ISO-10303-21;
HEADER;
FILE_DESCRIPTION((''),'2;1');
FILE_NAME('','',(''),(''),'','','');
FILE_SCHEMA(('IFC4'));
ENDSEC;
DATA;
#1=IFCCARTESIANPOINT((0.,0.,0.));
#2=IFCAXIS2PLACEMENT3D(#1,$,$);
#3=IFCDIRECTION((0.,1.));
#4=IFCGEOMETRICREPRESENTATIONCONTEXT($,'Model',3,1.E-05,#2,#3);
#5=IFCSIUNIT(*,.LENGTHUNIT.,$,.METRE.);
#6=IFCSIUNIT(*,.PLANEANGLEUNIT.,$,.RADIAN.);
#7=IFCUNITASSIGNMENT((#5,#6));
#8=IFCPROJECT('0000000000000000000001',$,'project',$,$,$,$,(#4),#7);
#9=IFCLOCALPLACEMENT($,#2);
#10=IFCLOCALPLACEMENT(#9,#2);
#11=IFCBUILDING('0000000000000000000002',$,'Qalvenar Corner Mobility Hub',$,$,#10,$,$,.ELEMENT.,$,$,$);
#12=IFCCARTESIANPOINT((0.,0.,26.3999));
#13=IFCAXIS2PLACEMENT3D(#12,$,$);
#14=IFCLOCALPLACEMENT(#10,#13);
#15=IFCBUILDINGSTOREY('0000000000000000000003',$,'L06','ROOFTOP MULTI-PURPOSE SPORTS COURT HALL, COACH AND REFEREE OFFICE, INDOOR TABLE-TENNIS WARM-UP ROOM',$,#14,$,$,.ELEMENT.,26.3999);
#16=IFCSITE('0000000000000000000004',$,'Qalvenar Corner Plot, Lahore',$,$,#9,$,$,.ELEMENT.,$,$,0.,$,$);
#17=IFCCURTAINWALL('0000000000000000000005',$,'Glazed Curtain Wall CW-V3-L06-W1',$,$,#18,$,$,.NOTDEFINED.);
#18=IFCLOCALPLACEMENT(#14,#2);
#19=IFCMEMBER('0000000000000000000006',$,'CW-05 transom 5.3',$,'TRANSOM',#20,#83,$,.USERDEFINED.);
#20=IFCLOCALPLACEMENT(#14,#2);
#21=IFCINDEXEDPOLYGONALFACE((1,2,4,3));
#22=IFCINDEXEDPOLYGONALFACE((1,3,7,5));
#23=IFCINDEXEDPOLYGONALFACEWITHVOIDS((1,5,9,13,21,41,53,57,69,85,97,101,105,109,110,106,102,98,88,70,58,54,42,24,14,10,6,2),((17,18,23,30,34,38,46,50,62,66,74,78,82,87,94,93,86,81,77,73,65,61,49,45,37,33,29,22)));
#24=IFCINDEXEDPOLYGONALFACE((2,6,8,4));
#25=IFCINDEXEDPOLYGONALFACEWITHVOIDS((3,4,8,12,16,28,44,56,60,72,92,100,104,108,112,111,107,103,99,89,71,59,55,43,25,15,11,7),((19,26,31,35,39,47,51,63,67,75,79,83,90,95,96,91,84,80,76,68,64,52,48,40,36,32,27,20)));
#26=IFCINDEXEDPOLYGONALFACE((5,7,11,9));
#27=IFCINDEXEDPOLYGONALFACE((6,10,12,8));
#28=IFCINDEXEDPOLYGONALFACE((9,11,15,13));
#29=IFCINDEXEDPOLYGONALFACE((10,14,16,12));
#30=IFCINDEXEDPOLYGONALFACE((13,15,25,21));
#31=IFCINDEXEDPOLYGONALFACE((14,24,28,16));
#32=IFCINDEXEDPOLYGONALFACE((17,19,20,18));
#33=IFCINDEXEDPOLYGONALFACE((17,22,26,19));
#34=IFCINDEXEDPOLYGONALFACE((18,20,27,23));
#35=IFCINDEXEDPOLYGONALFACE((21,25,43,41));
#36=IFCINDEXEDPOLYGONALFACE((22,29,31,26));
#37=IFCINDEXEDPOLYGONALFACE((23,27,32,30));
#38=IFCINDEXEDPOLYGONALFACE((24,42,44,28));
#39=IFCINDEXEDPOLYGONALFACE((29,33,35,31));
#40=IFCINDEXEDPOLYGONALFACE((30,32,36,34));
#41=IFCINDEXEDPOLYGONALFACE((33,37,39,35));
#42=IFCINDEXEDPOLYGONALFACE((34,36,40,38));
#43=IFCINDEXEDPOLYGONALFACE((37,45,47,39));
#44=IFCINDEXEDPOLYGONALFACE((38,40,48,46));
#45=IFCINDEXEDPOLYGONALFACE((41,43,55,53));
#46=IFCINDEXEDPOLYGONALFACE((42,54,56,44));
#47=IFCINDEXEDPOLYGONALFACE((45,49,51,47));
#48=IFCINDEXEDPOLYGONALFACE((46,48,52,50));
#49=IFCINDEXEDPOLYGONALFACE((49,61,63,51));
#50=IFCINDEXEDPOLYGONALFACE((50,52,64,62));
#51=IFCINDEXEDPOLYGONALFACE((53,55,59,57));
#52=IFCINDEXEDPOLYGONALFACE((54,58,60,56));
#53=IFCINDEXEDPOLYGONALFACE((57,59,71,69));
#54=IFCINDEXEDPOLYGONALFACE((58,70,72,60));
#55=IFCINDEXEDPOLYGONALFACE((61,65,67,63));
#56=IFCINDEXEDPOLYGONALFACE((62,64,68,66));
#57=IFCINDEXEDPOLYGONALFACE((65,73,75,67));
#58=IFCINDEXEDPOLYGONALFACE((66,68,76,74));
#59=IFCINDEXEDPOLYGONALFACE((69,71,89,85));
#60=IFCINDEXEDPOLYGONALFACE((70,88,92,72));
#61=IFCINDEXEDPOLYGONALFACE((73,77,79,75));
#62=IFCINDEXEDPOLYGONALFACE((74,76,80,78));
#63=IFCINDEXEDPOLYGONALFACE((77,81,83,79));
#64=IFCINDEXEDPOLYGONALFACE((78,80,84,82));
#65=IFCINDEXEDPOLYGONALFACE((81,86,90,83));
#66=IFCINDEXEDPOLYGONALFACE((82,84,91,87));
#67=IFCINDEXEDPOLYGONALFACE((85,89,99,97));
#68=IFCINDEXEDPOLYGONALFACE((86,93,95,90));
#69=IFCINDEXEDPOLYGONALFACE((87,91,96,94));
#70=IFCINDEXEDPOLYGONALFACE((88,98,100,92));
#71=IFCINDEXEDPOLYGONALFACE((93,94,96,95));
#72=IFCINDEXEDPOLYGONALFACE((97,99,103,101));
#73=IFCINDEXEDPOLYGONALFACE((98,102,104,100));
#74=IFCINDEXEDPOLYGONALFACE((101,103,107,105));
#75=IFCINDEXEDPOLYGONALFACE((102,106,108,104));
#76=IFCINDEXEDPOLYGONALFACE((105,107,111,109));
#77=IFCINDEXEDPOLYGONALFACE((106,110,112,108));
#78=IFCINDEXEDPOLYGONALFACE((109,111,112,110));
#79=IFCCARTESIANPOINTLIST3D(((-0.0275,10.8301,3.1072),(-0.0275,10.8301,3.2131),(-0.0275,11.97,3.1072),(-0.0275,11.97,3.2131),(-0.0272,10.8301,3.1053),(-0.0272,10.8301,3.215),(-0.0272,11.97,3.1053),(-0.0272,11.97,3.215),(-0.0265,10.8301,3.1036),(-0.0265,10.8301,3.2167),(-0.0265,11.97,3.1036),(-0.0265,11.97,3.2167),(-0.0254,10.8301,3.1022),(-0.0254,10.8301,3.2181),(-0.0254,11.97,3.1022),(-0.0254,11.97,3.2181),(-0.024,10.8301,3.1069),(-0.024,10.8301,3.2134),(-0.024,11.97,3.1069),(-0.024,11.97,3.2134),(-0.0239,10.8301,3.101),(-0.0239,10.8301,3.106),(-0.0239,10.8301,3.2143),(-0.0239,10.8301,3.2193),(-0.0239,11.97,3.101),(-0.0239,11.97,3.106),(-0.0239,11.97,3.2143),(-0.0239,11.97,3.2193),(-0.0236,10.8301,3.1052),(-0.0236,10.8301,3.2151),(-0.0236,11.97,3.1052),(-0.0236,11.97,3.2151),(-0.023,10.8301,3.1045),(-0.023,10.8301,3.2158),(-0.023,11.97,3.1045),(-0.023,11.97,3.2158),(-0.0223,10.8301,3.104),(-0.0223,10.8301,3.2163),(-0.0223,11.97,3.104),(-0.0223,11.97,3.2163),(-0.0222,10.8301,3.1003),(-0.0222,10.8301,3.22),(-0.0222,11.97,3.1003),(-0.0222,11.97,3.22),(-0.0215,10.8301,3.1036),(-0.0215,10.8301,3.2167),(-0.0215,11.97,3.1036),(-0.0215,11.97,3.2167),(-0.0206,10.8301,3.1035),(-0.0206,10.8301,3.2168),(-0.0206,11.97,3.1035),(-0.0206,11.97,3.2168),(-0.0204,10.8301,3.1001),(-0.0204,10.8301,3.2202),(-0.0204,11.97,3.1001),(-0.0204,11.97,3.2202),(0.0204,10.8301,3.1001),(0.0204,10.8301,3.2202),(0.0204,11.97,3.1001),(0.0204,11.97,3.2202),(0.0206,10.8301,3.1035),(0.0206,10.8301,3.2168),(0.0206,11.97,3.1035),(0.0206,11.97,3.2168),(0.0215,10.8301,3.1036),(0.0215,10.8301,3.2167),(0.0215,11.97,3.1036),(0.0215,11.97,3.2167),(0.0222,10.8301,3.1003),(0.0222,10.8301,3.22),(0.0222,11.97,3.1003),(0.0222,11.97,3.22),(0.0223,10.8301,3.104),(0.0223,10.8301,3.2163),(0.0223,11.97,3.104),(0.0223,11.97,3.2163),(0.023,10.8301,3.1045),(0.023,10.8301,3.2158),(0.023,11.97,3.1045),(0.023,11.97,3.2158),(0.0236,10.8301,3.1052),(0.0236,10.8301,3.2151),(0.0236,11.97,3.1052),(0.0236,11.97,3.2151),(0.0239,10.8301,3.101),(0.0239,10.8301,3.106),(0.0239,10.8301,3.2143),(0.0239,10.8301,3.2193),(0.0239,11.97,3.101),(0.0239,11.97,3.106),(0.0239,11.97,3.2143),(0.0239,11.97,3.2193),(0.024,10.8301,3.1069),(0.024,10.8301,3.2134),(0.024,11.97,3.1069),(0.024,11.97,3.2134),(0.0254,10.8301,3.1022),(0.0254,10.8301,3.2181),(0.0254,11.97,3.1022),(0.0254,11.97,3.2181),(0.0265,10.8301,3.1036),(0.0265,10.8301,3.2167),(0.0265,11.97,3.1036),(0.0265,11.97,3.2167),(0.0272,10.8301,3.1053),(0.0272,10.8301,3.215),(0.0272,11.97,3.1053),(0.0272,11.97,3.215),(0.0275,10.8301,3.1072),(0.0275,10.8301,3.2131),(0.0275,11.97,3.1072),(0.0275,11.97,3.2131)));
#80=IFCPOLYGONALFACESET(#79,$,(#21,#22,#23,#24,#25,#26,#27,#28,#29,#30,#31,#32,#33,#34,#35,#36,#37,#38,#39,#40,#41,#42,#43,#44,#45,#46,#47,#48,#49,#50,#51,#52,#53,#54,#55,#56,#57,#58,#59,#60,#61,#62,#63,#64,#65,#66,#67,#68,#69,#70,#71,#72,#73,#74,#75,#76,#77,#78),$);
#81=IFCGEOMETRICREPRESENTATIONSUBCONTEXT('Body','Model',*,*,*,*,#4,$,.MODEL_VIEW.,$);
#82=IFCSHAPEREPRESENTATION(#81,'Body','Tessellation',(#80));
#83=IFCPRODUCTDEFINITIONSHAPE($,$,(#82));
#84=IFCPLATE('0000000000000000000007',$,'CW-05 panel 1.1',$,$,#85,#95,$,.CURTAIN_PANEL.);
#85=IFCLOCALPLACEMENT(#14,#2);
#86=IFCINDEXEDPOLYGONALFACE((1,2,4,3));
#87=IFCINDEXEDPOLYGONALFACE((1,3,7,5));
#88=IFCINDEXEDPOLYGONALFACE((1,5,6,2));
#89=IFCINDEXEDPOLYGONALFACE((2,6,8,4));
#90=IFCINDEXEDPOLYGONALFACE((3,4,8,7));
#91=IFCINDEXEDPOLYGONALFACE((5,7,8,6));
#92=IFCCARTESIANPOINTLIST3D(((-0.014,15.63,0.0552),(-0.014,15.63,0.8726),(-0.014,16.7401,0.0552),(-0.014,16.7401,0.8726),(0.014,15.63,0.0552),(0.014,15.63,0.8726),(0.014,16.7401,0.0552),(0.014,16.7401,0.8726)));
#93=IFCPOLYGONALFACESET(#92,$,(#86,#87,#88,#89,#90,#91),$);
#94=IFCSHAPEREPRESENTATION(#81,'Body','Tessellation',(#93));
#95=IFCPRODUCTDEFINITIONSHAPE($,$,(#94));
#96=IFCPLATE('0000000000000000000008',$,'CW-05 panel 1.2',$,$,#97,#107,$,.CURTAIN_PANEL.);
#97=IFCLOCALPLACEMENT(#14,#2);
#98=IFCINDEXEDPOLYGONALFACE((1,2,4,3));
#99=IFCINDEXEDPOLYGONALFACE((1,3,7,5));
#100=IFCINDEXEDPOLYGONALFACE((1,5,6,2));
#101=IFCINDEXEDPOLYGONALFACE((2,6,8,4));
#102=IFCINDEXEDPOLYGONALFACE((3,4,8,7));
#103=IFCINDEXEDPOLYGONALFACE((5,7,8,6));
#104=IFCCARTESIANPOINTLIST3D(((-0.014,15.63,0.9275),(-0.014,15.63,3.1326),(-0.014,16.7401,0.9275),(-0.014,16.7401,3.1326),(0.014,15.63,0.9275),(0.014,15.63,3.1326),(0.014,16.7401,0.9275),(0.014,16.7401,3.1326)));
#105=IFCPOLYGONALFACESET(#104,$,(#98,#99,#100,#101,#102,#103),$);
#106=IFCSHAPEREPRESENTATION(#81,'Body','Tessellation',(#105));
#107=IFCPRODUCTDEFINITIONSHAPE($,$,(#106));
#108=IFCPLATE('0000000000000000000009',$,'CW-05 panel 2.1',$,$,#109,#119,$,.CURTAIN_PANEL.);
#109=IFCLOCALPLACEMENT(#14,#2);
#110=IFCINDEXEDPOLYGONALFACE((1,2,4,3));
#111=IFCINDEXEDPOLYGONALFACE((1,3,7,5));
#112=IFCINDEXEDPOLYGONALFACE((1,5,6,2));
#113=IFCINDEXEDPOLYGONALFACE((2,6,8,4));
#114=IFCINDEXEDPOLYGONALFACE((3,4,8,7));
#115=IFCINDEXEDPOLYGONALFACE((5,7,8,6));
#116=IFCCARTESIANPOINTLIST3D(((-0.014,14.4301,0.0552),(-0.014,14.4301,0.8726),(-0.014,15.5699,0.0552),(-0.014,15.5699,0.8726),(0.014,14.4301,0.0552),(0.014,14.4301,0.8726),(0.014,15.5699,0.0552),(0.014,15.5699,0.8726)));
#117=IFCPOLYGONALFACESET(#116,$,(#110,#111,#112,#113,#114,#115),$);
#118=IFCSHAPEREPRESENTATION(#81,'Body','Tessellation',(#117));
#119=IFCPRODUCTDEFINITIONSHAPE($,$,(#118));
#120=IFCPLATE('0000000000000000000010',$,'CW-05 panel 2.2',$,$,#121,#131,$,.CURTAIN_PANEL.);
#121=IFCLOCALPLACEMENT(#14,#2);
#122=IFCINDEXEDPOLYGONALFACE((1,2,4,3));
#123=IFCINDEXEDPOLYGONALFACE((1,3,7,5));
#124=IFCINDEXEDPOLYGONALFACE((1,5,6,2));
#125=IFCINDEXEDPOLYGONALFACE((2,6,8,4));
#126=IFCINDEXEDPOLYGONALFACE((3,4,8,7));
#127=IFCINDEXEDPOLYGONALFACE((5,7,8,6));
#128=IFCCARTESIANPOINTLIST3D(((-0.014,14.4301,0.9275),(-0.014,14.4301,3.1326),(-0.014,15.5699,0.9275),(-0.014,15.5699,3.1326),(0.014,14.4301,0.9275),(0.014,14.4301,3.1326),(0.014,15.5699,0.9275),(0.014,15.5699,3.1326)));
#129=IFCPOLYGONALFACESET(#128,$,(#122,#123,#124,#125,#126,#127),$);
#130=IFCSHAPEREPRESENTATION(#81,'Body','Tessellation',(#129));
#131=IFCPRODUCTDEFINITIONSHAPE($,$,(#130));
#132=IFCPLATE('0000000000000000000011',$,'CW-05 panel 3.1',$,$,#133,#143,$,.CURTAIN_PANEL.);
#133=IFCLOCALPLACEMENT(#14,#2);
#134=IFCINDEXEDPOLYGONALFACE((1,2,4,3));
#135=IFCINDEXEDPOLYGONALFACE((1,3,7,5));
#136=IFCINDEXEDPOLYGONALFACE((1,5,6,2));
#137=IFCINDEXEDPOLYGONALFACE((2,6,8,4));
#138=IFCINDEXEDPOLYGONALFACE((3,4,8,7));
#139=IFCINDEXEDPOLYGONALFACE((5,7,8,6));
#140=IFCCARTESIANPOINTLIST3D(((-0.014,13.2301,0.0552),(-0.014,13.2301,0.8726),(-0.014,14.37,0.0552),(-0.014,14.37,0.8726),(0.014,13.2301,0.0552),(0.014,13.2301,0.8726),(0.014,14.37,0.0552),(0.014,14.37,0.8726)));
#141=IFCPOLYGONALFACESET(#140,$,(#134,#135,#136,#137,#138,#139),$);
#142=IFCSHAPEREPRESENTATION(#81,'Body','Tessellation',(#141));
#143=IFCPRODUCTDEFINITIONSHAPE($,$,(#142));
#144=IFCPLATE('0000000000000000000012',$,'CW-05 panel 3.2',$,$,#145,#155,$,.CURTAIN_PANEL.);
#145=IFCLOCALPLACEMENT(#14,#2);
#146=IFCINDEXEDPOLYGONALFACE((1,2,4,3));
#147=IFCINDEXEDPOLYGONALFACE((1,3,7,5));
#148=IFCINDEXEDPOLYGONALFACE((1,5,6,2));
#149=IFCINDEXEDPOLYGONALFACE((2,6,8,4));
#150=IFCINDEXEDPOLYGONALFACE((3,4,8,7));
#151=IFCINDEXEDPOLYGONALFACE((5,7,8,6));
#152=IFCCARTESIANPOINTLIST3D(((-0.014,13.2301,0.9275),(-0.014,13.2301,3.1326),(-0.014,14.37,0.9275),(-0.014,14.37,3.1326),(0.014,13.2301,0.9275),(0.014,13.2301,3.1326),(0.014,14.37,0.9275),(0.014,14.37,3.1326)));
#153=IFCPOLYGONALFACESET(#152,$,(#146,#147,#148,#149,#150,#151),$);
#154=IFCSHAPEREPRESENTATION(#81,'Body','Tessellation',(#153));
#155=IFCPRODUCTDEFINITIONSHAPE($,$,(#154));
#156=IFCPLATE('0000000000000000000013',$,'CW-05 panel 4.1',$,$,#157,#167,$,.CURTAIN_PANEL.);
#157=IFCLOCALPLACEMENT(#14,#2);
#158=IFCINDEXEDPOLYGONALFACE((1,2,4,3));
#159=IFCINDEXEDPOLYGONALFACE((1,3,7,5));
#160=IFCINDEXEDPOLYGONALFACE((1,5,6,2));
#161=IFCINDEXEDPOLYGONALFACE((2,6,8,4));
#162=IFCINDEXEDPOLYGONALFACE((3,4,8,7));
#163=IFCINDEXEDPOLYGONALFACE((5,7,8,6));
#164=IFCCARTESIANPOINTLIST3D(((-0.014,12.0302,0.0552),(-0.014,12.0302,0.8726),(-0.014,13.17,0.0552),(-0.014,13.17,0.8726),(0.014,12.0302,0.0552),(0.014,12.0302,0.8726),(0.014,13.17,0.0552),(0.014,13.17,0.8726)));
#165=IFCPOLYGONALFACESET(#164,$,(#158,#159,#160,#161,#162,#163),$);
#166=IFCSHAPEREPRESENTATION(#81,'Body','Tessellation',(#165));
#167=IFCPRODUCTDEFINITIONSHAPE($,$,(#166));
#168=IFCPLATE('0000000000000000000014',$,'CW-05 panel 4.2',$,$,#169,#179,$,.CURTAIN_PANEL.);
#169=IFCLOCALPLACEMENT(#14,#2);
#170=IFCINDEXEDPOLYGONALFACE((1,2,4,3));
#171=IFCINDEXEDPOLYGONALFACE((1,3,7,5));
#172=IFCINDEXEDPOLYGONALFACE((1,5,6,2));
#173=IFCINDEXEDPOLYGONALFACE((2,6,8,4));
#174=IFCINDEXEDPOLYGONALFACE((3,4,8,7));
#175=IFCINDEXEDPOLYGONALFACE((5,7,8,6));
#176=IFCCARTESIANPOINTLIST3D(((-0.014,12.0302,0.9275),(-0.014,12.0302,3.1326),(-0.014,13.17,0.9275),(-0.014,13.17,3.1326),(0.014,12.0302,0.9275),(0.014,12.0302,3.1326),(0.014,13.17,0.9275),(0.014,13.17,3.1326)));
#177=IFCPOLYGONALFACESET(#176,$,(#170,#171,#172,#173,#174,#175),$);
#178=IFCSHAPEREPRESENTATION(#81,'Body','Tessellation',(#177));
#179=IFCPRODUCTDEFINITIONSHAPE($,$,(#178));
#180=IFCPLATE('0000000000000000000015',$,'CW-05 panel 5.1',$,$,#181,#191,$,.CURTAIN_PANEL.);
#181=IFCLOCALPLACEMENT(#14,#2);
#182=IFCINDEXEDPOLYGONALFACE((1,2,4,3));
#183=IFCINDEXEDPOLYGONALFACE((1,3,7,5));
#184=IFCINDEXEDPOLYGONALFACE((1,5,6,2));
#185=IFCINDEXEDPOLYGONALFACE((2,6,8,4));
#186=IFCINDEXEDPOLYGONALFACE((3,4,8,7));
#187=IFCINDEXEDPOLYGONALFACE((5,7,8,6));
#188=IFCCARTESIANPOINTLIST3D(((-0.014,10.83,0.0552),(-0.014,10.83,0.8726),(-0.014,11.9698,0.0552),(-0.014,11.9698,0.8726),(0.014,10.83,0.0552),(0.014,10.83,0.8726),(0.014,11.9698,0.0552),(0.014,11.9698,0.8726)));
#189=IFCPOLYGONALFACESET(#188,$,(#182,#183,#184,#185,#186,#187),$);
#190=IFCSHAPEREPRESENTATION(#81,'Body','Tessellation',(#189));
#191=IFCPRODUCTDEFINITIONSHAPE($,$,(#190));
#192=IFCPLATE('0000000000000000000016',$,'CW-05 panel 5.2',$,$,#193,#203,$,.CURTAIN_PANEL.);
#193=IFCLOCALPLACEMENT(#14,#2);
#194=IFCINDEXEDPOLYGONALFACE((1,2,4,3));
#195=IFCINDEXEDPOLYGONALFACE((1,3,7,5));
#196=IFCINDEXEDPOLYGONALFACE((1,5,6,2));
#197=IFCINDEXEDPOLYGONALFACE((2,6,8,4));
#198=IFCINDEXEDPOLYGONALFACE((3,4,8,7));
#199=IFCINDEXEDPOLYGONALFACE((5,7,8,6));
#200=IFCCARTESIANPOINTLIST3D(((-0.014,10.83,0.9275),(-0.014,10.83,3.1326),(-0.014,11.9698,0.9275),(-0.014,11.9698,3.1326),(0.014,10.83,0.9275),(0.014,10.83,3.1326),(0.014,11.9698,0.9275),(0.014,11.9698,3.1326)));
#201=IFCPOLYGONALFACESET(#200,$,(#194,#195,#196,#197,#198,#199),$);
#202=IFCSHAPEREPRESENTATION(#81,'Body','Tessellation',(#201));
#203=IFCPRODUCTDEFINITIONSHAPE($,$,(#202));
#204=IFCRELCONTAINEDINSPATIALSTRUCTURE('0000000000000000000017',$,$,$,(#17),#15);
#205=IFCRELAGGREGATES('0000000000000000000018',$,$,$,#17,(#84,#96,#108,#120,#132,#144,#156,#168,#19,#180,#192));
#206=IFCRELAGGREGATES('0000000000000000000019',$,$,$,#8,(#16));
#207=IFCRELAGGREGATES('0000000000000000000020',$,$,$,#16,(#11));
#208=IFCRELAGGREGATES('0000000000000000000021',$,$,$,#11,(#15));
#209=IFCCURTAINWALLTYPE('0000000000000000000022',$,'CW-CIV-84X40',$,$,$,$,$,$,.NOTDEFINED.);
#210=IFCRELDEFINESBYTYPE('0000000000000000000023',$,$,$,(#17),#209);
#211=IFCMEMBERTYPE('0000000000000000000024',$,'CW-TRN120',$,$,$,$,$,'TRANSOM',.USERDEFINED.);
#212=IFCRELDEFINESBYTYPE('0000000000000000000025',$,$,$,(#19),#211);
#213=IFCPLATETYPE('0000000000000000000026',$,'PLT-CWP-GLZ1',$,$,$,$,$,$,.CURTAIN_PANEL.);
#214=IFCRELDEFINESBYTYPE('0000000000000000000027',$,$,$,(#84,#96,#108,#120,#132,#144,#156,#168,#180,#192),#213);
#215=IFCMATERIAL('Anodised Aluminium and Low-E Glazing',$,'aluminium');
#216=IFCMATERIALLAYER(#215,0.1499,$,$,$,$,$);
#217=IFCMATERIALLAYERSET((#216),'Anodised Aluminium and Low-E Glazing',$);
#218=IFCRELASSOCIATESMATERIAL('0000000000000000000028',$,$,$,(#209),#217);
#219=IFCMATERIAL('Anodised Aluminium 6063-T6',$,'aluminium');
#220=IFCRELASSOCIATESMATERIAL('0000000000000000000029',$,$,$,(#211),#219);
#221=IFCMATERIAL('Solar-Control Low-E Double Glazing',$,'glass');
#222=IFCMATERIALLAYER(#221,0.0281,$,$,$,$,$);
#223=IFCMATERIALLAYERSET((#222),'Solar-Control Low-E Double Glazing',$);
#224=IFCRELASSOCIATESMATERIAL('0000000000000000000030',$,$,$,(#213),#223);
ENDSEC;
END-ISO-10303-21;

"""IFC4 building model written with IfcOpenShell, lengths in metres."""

from ifc_helpers import new_model, si_unit, direction, frame, origin, origin_2d, place, context, subcontext, project, spatial, rectangle, hollow_rectangle, extrude, material, layer, layer_set, material_profile, profile_set, type_object, element, aggregate, save


model = new_model("IFC4")

# Units and contexts
model_context = context("Model", 3, precision=1e-05, world=origin(), true_north=direction((0.0, 1.0)))
body_context = subcontext(model_context, "Body", "Model", "MODEL_VIEW")
ifc_project = project(units=[si_unit("LENGTHUNIT", "METRE"), si_unit("PLANEANGLEUNIT", "RADIAN")], contexts=[model_context])

# Site, building, storey
site_placement = place(None, origin())
site = spatial("IfcSite", under=ifc_project, at=site_placement, Name="Qalvenar Corner Plot, Lahore", CompositionType="ELEMENT", RefElevation=0.0)
building_placement = place(site_placement, origin())
building = spatial("IfcBuilding", under=site, at=building_placement, Name="Qalvenar Corner Mobility Hub", CompositionType="ELEMENT")
storey_placement = place(building_placement, frame((0.0, 0.0, 26.3999)))
storey = spatial("IfcBuildingStorey", under=building, at=storey_placement, Name="L06", Description="ROOFTOP MULTI-PURPOSE SPORTS COURT HALL, COACH AND REFEREE OFFICE, INDOOR TABLE-TENNIS WARM-UP ROOM", CompositionType="ELEMENT", Elevation=26.3999)

# Curtain wall, member, plates
ifc_material_1 = material(Name="Anodised Aluminium and Low-E Glazing", Category="aluminium")
ifc_layer_1 = layer(ifc_material_1, 0.1499)
ifc_layer_set_1 = layer_set([ifc_layer_1], Name="Anodised Aluminium and Low-E Glazing")
curtain_wall_type = type_object("IfcCurtainWallType", Name="CW-CIV-84X40", PredefinedType="NOTDEFINED", material=ifc_layer_set_1)
curtain_wall_placement = place(storey_placement, origin())
curtain_wall = element("IfcCurtainWall", 1, at=curtain_wall_placement, inside=storey, type_object=curtain_wall_type, Name="Glazed Curtain Wall CW-V3-L06-W1", PredefinedType="NOTDEFINED")
ifc_material_2 = material(Name="Anodised Aluminium 6063-T6", Category="aluminium")
ifc_material_profile_1 = material_profile(ifc_material_2, hollow_rectangle(XDim=0.0549, YDim=0.1201, WallThickness=0.0034, InnerFilletRadius=0.0034, OuterFilletRadius=0.0071, at=origin_2d()), Name="RHS120x55x3.5")
ifc_profile_set_1 = profile_set([ifc_material_profile_1], Name="Anodised Aluminium 6063-T6")
member_type_1 = type_object("IfcMemberType", Name="CW-TRN120", ElementType="TRANSOM", PredefinedType="USERDEFINED", material=ifc_profile_set_1)
member_1_placement = place(storey_placement, frame((0.0, 11.97, 3.1602), z_axis=(0.0, -1.0, 0.0), x_axis=(1.0, 0.0, 0.0)))
member_1 = element("IfcMember", 2, at=member_1_placement, type_object=member_type_1, Name="CW-05 transom 5.3", ObjectType="TRANSOM", PredefinedType="USERDEFINED", context=body_context, shape_type="SweptSolid", body=[
    extrude(hollow_rectangle(XDim=0.0549, YDim=0.1201, WallThickness=0.0034, InnerFilletRadius=0.0034, OuterFilletRadius=0.0071, at=origin_2d()), origin(), (0.0, 0.0, 1.0), 1.1399),
])
ifc_material_3 = material(Name="Solar-Control Low-E Double Glazing", Category="glass")
ifc_layer_2 = layer(ifc_material_3, 0.0281)
ifc_layer_set_2 = layer_set([ifc_layer_2], Name="Solar-Control Low-E Double Glazing")
plate_type = type_object("IfcPlateType", Name="PLT-CWP-GLZ1", PredefinedType="CURTAIN_PANEL", material=ifc_layer_set_2)
plate_1_placement = place(storey_placement, frame((0.0, 16.1851, 0.0552), z_axis=(0.0, 0.0, 1.0), x_axis=(0.0, -1.0, 0.0)))
plate_1 = element("IfcPlate", 3, at=plate_1_placement, type_object=plate_type, Name="CW-05 panel 1.1", PredefinedType="CURTAIN_PANEL", context=body_context, shape_type="SweptSolid", body=[
    extrude(rectangle(XDim=1.1101, YDim=0.0281, at=origin_2d()), origin(), (0.0, 0.0, 1.0), 0.8174),
])
plate_2_placement = place(storey_placement, frame((0.0, 16.1851, 0.9275), z_axis=(0.0, 0.0, 1.0), x_axis=(0.0, -1.0, 0.0)))
plate_2 = element("IfcPlate", 4, at=plate_2_placement, type_object=plate_type, Name="CW-05 panel 1.2", PredefinedType="CURTAIN_PANEL", context=body_context, shape_type="SweptSolid", body=[
    extrude(rectangle(XDim=1.1101, YDim=0.0281, at=origin_2d()), origin(), (0.0, 0.0, 1.0), 2.2051),
])
plate_3_placement = place(storey_placement, frame((0.0, 15.0, 0.0552), z_axis=(0.0, 0.0, 1.0), x_axis=(0.0, -1.0, 0.0)))
plate_3 = element("IfcPlate", 5, at=plate_3_placement, type_object=plate_type, Name="CW-05 panel 2.1", PredefinedType="CURTAIN_PANEL", context=body_context, shape_type="SweptSolid", body=[
    extrude(rectangle(XDim=1.1399, YDim=0.0281, at=origin_2d()), origin(), (0.0, 0.0, 1.0), 0.8174),
])
plate_4_placement = place(storey_placement, frame((0.0, 15.0, 0.9275), z_axis=(0.0, 0.0, 1.0), x_axis=(0.0, -1.0, 0.0)))
plate_4 = element("IfcPlate", 6, at=plate_4_placement, type_object=plate_type, Name="CW-05 panel 2.2", PredefinedType="CURTAIN_PANEL", context=body_context, shape_type="SweptSolid", body=[
    extrude(rectangle(XDim=1.1399, YDim=0.0281, at=origin_2d()), origin(), (0.0, 0.0, 1.0), 2.2051),
])
plate_5_placement = place(storey_placement, frame((0.0, 13.8, 0.0552), z_axis=(0.0, 0.0, 1.0), x_axis=(0.0, -1.0, 0.0)))
plate_5 = element("IfcPlate", 7, at=plate_5_placement, type_object=plate_type, Name="CW-05 panel 3.1", PredefinedType="CURTAIN_PANEL", context=body_context, shape_type="SweptSolid", body=[
    extrude(rectangle(XDim=1.1399, YDim=0.0281, at=origin_2d()), origin(), (0.0, 0.0, 1.0), 0.8174),
])
plate_6_placement = place(storey_placement, frame((0.0, 13.8, 0.9275), z_axis=(0.0, 0.0, 1.0), x_axis=(0.0, -1.0, 0.0)))
plate_6 = element("IfcPlate", 8, at=plate_6_placement, type_object=plate_type, Name="CW-05 panel 3.2", PredefinedType="CURTAIN_PANEL", context=body_context, shape_type="SweptSolid", body=[
    extrude(rectangle(XDim=1.1399, YDim=0.0281, at=origin_2d()), origin(), (0.0, 0.0, 1.0), 2.2051),
])
plate_7_placement = place(storey_placement, frame((0.0, 12.6001, 0.0552), z_axis=(0.0, 0.0, 1.0), x_axis=(0.0, -1.0, 0.0)))
plate_7 = element("IfcPlate", 9, at=plate_7_placement, type_object=plate_type, Name="CW-05 panel 4.1", PredefinedType="CURTAIN_PANEL", context=body_context, shape_type="SweptSolid", body=[
    extrude(rectangle(XDim=1.1399, YDim=0.0281, at=origin_2d()), origin(), (0.0, 0.0, 1.0), 0.8174),
])
plate_8_placement = place(storey_placement, frame((0.0, 12.6001, 0.9275), z_axis=(0.0, 0.0, 1.0), x_axis=(0.0, -1.0, 0.0)))
plate_8 = element("IfcPlate", 10, at=plate_8_placement, type_object=plate_type, Name="CW-05 panel 4.2", PredefinedType="CURTAIN_PANEL", context=body_context, shape_type="SweptSolid", body=[
    extrude(rectangle(XDim=1.1399, YDim=0.0281, at=origin_2d()), origin(), (0.0, 0.0, 1.0), 2.2051),
])
plate_9_placement = place(storey_placement, frame((0.0, 11.3999, 0.0552), z_axis=(0.0, 0.0, 1.0), x_axis=(0.0, -1.0, 0.0)))
plate_9 = element("IfcPlate", 11, at=plate_9_placement, type_object=plate_type, Name="CW-05 panel 5.1", PredefinedType="CURTAIN_PANEL", context=body_context, shape_type="SweptSolid", body=[
    extrude(rectangle(XDim=1.1399, YDim=0.0281, at=origin_2d()), origin(), (0.0, 0.0, 1.0), 0.8174),
])
plate_10_placement = place(storey_placement, frame((0.0, 11.3999, 0.9275), z_axis=(0.0, 0.0, 1.0), x_axis=(0.0, -1.0, 0.0)))
plate_10 = element("IfcPlate", 12, at=plate_10_placement, type_object=plate_type, Name="CW-05 panel 5.2", PredefinedType="CURTAIN_PANEL", context=body_context, shape_type="SweptSolid", body=[
    extrude(rectangle(XDim=1.1399, YDim=0.0281, at=origin_2d()), origin(), (0.0, 0.0, 1.0), 2.2051),
])
aggregate(curtain_wall, [plate_1, plate_2, plate_3, plate_4, plate_5, plate_6, plate_7, plate_8, member_1, plate_9, plate_10])

save(model, "model.ifc")
